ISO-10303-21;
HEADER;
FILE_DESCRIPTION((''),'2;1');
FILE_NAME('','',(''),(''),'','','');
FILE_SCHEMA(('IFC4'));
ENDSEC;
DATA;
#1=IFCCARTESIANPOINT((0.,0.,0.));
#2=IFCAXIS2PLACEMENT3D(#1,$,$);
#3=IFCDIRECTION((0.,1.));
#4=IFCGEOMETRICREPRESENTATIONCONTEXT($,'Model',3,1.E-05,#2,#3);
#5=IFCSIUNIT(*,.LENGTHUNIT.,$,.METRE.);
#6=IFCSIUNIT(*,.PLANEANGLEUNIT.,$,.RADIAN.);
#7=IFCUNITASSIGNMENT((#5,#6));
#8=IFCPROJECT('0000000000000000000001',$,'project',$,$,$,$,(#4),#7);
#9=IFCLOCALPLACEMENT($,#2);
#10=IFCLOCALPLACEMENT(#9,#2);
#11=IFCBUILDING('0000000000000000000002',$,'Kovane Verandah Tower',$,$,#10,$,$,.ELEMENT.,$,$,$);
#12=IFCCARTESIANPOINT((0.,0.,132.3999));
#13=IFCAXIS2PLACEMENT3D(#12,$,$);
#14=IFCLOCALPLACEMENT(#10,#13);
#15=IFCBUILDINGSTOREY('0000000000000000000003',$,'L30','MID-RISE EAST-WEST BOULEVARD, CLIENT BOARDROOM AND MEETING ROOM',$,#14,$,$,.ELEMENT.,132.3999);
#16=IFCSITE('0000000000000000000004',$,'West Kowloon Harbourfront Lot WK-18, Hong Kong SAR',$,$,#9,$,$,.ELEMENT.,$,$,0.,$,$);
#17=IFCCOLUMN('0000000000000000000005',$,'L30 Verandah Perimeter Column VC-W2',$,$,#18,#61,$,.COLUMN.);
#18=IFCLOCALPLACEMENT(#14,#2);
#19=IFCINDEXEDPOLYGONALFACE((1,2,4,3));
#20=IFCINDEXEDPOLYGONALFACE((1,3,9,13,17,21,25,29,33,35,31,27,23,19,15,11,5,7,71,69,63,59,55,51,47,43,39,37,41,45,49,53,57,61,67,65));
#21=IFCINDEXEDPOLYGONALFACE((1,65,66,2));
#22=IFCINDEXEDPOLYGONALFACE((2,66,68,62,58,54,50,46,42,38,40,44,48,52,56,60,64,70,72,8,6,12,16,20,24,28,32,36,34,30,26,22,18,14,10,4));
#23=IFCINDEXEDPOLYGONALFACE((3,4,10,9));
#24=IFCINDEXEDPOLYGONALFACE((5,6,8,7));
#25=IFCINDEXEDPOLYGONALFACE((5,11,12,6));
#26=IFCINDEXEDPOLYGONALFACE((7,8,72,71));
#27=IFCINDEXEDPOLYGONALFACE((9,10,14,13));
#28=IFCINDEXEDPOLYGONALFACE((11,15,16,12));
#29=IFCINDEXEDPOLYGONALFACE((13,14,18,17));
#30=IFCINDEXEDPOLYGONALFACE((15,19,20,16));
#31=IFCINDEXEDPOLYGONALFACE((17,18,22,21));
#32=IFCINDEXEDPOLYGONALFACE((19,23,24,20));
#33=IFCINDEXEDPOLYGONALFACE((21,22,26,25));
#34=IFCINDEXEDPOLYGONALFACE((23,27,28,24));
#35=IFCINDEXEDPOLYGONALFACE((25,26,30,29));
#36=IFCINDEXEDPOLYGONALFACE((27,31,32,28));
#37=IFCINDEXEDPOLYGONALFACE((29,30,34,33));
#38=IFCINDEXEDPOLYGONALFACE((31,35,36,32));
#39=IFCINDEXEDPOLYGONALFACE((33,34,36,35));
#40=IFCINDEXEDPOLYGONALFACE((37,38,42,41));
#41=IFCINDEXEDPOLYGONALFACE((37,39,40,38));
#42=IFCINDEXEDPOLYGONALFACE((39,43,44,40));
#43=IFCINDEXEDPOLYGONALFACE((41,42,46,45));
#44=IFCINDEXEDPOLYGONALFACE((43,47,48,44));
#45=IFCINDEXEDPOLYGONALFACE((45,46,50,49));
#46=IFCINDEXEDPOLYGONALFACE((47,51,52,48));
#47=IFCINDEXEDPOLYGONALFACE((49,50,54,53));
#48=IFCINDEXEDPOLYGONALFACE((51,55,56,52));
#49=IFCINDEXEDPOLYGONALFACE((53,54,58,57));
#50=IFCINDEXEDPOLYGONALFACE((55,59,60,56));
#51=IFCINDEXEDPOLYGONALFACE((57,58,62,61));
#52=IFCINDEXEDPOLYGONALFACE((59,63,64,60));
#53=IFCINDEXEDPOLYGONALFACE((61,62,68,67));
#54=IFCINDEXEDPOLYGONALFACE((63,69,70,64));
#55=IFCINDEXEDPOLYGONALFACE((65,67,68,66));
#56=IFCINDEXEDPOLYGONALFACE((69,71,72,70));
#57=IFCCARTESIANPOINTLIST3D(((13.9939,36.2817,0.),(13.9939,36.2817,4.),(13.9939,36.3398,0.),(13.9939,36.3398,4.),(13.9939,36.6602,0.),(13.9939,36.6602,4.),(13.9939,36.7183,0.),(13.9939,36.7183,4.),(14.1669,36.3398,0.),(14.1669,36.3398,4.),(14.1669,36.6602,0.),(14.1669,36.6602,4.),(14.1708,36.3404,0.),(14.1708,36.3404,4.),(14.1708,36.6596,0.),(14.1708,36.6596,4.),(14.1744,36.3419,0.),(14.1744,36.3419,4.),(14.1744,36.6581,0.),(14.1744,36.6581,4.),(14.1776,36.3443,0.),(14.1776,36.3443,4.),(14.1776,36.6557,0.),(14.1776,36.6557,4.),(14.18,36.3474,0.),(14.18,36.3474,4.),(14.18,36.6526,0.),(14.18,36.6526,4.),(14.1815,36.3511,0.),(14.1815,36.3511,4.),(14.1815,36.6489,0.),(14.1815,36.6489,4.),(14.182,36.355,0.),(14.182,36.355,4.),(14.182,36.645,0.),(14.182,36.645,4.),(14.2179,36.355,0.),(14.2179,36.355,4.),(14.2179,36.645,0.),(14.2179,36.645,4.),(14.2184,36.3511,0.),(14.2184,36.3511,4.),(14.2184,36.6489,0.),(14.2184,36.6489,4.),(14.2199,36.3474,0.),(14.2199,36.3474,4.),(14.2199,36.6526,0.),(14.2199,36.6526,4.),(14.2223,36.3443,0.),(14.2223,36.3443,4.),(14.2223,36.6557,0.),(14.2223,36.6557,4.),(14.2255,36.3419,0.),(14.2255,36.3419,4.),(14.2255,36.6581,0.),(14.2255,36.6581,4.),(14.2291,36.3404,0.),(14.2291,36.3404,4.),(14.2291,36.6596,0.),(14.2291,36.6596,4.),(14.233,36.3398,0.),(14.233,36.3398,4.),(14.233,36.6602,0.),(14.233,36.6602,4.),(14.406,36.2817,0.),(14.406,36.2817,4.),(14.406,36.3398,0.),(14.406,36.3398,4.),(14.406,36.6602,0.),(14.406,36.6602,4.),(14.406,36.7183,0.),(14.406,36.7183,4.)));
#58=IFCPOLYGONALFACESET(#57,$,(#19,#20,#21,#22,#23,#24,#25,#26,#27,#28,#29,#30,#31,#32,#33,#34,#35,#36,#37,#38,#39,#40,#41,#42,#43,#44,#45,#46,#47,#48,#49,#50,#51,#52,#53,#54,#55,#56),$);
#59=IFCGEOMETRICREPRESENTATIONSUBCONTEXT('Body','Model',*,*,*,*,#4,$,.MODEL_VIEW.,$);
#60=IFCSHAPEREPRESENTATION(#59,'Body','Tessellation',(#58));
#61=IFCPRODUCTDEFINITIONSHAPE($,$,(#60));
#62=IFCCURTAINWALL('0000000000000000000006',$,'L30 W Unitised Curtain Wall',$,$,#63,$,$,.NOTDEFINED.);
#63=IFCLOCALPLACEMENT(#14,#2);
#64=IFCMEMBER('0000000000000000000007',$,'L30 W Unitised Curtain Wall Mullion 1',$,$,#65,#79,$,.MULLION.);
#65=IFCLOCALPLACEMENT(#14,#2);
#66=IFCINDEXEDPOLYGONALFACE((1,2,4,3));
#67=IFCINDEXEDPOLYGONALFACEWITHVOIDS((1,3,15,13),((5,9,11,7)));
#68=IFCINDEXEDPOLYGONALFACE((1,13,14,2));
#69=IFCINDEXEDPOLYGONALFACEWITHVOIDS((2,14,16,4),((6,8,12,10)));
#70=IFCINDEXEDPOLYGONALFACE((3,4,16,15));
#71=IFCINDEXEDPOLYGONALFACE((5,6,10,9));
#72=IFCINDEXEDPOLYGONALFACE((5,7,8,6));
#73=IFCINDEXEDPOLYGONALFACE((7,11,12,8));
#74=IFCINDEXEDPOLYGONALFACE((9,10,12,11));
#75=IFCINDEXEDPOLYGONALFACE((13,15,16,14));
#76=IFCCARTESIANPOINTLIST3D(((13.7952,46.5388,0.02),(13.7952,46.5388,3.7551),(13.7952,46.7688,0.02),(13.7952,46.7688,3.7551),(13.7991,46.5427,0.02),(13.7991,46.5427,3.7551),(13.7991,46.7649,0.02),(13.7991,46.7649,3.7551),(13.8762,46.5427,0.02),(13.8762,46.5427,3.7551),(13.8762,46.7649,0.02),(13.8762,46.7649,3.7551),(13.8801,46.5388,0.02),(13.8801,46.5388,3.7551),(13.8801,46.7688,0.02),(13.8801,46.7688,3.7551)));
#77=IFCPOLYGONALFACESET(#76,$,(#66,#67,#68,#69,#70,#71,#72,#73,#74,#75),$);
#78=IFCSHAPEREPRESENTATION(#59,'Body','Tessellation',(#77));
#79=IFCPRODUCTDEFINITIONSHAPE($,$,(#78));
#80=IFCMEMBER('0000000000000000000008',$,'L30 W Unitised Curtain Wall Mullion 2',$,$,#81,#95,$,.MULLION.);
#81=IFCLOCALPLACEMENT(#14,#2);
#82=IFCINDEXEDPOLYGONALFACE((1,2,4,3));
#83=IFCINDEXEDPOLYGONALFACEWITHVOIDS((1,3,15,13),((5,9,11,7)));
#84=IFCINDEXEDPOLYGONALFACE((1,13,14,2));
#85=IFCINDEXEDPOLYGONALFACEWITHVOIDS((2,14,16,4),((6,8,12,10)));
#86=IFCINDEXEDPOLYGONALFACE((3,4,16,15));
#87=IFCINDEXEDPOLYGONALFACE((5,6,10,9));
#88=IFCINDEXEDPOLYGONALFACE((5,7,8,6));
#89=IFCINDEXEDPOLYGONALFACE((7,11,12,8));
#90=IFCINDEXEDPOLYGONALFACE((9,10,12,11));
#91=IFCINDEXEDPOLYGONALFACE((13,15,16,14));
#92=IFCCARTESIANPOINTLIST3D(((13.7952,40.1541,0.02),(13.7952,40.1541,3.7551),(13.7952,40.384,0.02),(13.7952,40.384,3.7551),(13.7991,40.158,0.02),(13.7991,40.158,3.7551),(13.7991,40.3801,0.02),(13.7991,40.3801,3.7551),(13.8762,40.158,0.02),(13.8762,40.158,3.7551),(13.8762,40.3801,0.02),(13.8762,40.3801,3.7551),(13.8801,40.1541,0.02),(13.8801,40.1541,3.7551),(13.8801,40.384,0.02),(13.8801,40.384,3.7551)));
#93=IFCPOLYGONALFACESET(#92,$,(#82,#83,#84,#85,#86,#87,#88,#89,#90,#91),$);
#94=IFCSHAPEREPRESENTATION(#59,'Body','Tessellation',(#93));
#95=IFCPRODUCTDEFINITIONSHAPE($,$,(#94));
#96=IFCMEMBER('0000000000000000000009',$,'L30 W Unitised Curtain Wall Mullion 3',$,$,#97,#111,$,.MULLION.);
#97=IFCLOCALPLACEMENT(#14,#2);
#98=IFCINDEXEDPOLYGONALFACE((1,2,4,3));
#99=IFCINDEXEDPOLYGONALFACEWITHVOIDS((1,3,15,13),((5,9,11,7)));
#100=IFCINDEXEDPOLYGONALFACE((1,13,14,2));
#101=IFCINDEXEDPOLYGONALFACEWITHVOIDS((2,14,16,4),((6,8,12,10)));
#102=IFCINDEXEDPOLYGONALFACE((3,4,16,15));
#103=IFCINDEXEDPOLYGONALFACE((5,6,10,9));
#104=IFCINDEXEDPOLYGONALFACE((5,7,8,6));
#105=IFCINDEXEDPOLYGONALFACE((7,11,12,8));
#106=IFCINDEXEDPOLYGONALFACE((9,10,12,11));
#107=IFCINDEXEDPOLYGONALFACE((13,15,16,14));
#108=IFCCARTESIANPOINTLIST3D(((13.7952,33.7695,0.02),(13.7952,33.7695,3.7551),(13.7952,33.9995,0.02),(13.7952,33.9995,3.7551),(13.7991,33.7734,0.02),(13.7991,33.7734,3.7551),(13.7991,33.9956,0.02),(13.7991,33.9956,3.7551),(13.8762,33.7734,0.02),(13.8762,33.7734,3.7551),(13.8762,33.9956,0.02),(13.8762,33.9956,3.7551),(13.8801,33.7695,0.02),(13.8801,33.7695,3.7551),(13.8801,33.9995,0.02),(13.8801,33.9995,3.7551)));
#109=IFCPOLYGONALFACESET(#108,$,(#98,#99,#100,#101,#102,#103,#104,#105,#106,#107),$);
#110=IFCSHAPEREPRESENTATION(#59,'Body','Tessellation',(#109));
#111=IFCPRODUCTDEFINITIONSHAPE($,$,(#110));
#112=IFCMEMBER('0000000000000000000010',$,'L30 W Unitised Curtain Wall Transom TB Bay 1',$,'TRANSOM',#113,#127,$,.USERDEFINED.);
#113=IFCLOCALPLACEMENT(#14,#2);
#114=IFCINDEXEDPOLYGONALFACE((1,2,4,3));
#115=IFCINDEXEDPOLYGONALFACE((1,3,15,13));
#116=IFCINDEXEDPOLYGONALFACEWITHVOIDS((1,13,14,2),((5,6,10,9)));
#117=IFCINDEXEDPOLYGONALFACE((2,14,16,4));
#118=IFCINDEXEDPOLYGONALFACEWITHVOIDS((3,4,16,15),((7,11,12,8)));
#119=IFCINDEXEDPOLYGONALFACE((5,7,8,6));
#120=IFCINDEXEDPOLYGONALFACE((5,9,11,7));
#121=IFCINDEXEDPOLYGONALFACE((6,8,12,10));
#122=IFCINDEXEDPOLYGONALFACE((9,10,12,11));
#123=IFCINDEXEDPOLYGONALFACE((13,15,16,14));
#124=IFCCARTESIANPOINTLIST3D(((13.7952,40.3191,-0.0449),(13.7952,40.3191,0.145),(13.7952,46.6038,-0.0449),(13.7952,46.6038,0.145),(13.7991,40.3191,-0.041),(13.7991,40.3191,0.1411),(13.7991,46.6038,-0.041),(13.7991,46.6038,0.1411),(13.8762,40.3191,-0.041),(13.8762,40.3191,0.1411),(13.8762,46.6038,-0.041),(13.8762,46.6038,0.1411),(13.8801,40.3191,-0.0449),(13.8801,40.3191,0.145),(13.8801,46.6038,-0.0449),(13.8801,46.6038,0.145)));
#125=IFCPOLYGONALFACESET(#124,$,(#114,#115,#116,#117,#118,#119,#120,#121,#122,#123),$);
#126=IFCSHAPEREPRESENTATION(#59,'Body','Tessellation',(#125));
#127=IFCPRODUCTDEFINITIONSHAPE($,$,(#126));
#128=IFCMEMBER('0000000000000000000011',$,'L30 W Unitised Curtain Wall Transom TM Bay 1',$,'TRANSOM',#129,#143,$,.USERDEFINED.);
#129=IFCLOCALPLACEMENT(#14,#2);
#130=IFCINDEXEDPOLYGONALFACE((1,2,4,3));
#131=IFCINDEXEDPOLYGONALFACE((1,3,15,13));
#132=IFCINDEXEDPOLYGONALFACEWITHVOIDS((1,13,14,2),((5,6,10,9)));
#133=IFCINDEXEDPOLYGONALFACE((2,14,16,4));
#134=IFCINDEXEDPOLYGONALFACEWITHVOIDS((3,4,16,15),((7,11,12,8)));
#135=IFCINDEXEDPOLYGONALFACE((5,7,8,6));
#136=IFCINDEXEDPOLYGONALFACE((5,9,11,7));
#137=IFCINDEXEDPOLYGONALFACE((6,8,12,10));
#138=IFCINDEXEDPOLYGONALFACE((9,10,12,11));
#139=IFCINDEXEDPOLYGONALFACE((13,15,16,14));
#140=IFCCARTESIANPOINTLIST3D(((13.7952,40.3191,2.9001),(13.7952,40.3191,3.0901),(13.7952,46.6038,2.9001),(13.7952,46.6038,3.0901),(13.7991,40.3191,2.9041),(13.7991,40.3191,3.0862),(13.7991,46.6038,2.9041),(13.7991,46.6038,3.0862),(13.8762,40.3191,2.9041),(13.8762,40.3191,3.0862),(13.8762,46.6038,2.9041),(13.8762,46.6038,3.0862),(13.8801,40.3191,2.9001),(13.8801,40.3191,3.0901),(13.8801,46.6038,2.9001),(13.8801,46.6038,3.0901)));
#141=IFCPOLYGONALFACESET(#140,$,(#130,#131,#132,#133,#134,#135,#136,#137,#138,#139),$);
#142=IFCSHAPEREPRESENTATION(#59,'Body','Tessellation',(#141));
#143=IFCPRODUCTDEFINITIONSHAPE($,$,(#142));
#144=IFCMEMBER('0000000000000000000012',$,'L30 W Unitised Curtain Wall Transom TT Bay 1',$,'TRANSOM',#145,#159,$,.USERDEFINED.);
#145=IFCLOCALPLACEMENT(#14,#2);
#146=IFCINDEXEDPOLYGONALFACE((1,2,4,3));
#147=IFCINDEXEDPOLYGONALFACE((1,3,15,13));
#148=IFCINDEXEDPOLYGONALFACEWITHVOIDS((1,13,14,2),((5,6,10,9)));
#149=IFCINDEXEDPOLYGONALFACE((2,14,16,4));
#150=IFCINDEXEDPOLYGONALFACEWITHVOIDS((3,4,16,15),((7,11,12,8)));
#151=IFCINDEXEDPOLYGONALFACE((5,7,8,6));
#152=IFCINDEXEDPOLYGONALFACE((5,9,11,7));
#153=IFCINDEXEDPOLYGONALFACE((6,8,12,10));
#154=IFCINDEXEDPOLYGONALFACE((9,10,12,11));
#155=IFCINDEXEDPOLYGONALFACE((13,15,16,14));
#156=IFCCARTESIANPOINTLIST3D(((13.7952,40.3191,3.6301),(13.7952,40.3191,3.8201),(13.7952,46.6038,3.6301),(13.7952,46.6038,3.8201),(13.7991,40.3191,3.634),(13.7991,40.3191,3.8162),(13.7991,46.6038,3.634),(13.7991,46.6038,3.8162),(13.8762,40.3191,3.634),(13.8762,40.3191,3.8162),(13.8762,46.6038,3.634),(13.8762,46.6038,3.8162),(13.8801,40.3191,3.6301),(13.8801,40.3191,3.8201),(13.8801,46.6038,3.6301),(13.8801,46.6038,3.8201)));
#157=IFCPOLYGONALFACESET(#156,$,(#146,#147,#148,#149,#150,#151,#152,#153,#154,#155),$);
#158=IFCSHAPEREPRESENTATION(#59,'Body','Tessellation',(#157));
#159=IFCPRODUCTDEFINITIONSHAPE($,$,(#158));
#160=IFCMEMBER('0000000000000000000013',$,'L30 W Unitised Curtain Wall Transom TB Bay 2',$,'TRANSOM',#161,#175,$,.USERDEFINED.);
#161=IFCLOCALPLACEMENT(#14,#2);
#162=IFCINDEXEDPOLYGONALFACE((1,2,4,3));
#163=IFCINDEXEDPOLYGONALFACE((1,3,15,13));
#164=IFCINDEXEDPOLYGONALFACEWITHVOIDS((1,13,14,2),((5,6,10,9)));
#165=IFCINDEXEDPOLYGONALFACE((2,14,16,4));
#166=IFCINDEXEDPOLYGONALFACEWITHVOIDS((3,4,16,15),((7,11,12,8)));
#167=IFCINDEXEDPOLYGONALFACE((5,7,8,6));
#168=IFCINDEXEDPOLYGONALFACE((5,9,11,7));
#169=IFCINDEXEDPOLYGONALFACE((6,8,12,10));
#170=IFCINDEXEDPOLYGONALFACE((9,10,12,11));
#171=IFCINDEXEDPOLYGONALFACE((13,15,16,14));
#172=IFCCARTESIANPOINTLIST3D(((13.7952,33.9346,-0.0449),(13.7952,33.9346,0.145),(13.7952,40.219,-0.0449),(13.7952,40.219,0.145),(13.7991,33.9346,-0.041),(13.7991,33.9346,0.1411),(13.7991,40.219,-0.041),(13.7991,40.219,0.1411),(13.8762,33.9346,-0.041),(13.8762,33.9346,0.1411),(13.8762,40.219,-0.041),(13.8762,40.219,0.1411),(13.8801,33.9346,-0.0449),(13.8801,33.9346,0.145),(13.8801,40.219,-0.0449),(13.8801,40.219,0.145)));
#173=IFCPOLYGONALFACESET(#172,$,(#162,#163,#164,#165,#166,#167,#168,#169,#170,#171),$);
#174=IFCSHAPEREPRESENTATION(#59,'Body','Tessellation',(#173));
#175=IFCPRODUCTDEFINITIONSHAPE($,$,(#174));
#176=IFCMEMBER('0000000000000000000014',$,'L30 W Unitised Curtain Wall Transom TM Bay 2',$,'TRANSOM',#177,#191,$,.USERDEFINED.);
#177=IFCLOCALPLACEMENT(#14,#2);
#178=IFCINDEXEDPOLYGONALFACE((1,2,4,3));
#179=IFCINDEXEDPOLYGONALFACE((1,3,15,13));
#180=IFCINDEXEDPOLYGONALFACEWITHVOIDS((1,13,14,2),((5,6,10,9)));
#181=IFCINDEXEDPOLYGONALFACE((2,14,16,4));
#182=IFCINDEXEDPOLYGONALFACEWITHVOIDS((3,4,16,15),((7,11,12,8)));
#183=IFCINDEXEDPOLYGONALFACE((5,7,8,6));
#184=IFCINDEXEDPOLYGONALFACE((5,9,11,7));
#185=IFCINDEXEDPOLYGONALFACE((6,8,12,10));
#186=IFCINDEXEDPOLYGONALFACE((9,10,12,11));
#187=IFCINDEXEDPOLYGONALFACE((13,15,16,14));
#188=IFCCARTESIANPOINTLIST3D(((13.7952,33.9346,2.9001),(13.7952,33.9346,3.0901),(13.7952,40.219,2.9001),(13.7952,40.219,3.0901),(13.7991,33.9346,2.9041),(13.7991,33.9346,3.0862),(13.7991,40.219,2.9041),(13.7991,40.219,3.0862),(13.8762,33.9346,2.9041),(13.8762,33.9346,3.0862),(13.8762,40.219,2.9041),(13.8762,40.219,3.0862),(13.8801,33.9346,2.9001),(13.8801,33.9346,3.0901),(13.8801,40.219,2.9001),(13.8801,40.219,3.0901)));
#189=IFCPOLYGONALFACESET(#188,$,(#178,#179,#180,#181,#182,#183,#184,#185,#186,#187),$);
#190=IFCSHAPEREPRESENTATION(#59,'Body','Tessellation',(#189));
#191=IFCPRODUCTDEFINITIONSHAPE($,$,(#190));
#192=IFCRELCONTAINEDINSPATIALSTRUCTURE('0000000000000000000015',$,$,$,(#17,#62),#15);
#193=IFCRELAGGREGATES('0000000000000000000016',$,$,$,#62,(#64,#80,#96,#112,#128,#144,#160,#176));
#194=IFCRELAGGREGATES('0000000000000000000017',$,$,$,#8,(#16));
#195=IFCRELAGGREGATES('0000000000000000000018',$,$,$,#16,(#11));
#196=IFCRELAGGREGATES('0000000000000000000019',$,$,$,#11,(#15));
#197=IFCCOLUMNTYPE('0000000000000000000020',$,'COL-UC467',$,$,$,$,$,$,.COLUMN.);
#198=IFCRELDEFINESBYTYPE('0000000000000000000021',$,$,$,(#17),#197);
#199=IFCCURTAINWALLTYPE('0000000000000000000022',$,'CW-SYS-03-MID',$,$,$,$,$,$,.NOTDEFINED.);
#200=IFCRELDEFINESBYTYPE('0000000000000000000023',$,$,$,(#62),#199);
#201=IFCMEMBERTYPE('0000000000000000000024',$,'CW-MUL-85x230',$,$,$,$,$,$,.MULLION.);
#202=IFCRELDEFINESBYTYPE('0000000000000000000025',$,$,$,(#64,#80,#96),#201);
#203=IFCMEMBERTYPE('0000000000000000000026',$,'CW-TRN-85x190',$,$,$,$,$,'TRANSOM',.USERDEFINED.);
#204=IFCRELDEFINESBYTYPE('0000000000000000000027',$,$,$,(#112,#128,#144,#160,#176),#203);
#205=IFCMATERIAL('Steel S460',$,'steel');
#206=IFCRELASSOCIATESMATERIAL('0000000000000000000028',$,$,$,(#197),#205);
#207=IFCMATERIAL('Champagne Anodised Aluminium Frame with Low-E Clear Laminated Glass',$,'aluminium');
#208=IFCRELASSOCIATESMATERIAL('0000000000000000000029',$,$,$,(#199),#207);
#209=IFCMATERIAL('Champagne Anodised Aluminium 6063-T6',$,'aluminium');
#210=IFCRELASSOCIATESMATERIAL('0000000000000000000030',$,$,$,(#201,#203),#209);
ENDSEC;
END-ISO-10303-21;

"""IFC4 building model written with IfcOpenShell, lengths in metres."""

from ifc_helpers import new_model, si_unit, direction, frame, origin, origin_2d, place, context, subcontext, project, spatial, hollow_rectangle, i_section, extrude, material, material_profile, profile_set, type_object, element, aggregate, save


model = new_model("IFC4")

# Units and contexts
model_context = context("Model", 3, precision=1e-05, world=origin(), true_north=direction((0.0, 1.0)))
body_context = subcontext(model_context, "Body", "Model", "MODEL_VIEW")
ifc_project = project(units=[si_unit("LENGTHUNIT", "METRE"), si_unit("PLANEANGLEUNIT", "RADIAN")], contexts=[model_context])

# Site, building, storey
site_placement = place(None, origin())
site = spatial("IfcSite", under=ifc_project, at=site_placement, Name="West Kowloon Harbourfront Lot WK-18, Hong Kong SAR", CompositionType="ELEMENT", RefElevation=0.0)
building_placement = place(site_placement, origin())
building = spatial("IfcBuilding", under=site, at=building_placement, Name="Kovane Verandah Tower", CompositionType="ELEMENT")
storey_placement = place(building_placement, frame((0.0, 0.0, 132.3999)))
storey = spatial("IfcBuildingStorey", under=building, at=storey_placement, Name="L30", Description="MID-RISE EAST-WEST BOULEVARD, CLIENT BOARDROOM AND MEETING ROOM", CompositionType="ELEMENT", Elevation=132.3999)

# Column
ifc_material_1 = material(Name="Steel S460", Category="steel")
ifc_material_profile_1 = material_profile(ifc_material_1, i_section(OverallWidth=0.4121, OverallDepth=0.4365, WebThickness=0.0359, FlangeThickness=0.0581, FilletRadius=0.0151, at=origin_2d()), Name="UC356x406x467")
ifc_profile_set_1 = profile_set([ifc_material_profile_1], Name="Steel S460")
column_type = type_object("IfcColumnType", Name="COL-UC467", PredefinedType="COLUMN", material=ifc_profile_set_1)
column_placement = place(storey_placement, frame((14.2, 36.5, 0.0), z_axis=(0.0, 0.0, 1.0), x_axis=(1.0, 0.0, 0.0)))
element("IfcColumn", 1, at=column_placement, inside=storey, type_object=column_type, Name="L30 Verandah Perimeter Column VC-W2", PredefinedType="COLUMN", context=body_context, shape_type="SweptSolid", body=[
    extrude(i_section(OverallWidth=0.4121, OverallDepth=0.4365, WebThickness=0.0359, FlangeThickness=0.0581, FilletRadius=0.0151, at=origin_2d()), origin(), (0.0, 0.0, 1.0), 4.0),
])

# Curtain wall, members
ifc_material_2 = material(Name="Champagne Anodised Aluminium Frame with Low-E Clear Laminated Glass", Category="aluminium")
curtain_wall_type = type_object("IfcCurtainWallType", Name="CW-SYS-03-MID", PredefinedType="NOTDEFINED", material=ifc_material_2)
curtain_wall_placement = place(storey_placement, origin())
curtain_wall = element("IfcCurtainWall", 2, at=curtain_wall_placement, inside=storey, type_object=curtain_wall_type, Name="L30 W Unitised Curtain Wall", PredefinedType="NOTDEFINED")
ifc_material_3 = material(Name="Champagne Anodised Aluminium 6063-T6", Category="aluminium")
ifc_material_profile_2 = material_profile(ifc_material_3, hollow_rectangle(XDim=0.085, YDim=0.23, WallThickness=0.0039, at=origin_2d()), Name="AL85x230x4")
ifc_profile_set_2 = profile_set([ifc_material_profile_2], Name="Champagne Anodised Aluminium 6063-T6")
member_type_1 = type_object("IfcMemberType", Name="CW-MUL-85x230", PredefinedType="MULLION", material=ifc_profile_set_2)
member_1_placement = place(storey_placement, frame((13.8376, 46.6538, 0.02), z_axis=(0.0, 0.0, 1.0), x_axis=(-1.0, 0.0, 0.0)))
member_1 = element("IfcMember", 3, at=member_1_placement, type_object=member_type_1, Name="L30 W Unitised Curtain Wall Mullion 1", PredefinedType="MULLION", context=body_context, shape_type="SweptSolid", body=[
    extrude(hollow_rectangle(XDim=0.085, YDim=0.23, WallThickness=0.0039, at=origin_2d()), origin(), (0.0, 0.0, 1.0), 3.7351),
])
member_2_placement = place(storey_placement, frame((13.8376, 40.269, 0.02), z_axis=(0.0, 0.0, 1.0), x_axis=(-1.0, 0.0, 0.0)))
member_2 = element("IfcMember", 4, at=member_2_placement, type_object=member_type_1, Name="L30 W Unitised Curtain Wall Mullion 2", PredefinedType="MULLION", context=body_context, shape_type="SweptSolid", body=[
    extrude(hollow_rectangle(XDim=0.085, YDim=0.23, WallThickness=0.0039, at=origin_2d()), origin(), (0.0, 0.0, 1.0), 3.7351),
])
member_3_placement = place(storey_placement, frame((13.8376, 33.8845, 0.02), z_axis=(0.0, 0.0, 1.0), x_axis=(-1.0, 0.0, 0.0)))
member_3 = element("IfcMember", 5, at=member_3_placement, type_object=member_type_1, Name="L30 W Unitised Curtain Wall Mullion 3", PredefinedType="MULLION", context=body_context, shape_type="SweptSolid", body=[
    extrude(hollow_rectangle(XDim=0.085, YDim=0.23, WallThickness=0.0039, at=origin_2d()), origin(), (0.0, 0.0, 1.0), 3.7351),
])
ifc_material_profile_3 = material_profile(ifc_material_3, hollow_rectangle(XDim=0.085, YDim=0.1899, WallThickness=0.0039, at=origin_2d()), Name="AL85x190x4")
ifc_profile_set_3 = profile_set([ifc_material_profile_3], Name="Champagne Anodised Aluminium 6063-T6")
member_type_2 = type_object("IfcMemberType", Name="CW-TRN-85x190", ElementType="TRANSOM", PredefinedType="USERDEFINED", material=ifc_profile_set_3)
member_4_placement = place(storey_placement, frame((13.8376, 46.6038, 0.05), z_axis=(0.0, -1.0, 0.0), x_axis=(1.0, 0.0, 0.0)))
member_4 = element("IfcMember", 6, at=member_4_placement, type_object=member_type_2, Name="L30 W Unitised Curtain Wall Transom TB Bay 1", ObjectType="TRANSOM", PredefinedType="USERDEFINED", context=body_context, shape_type="SweptSolid", body=[
    extrude(hollow_rectangle(XDim=0.085, YDim=0.1899, WallThickness=0.0039, at=origin_2d()), origin(), (0.0, 0.0, 1.0), 6.2847),
])
member_5_placement = place(storey_placement, frame((13.8376, 46.6038, 2.9951), z_axis=(0.0, -1.0, 0.0), x_axis=(1.0, 0.0, 0.0)))
member_5 = element("IfcMember", 7, at=member_5_placement, type_object=member_type_2, Name="L30 W Unitised Curtain Wall Transom TM Bay 1", ObjectType="TRANSOM", PredefinedType="USERDEFINED", context=body_context, shape_type="SweptSolid", body=[
    extrude(hollow_rectangle(XDim=0.085, YDim=0.1899, WallThickness=0.0039, at=origin_2d()), origin(), (0.0, 0.0, 1.0), 6.2847),
])
member_6_placement = place(storey_placement, frame((13.8376, 46.6038, 3.7251), z_axis=(0.0, -1.0, 0.0), x_axis=(1.0, 0.0, 0.0)))
member_6 = element("IfcMember", 8, at=member_6_placement, type_object=member_type_2, Name="L30 W Unitised Curtain Wall Transom TT Bay 1", ObjectType="TRANSOM", PredefinedType="USERDEFINED", context=body_context, shape_type="SweptSolid", body=[
    extrude(hollow_rectangle(XDim=0.085, YDim=0.1899, WallThickness=0.0039, at=origin_2d()), origin(), (0.0, 0.0, 1.0), 6.2847),
])
member_7_placement = place(storey_placement, frame((13.8376, 40.219, 0.05), z_axis=(0.0, -1.0, 0.0), x_axis=(1.0, 0.0, 0.0)))
member_7 = element("IfcMember", 9, at=member_7_placement, type_object=member_type_2, Name="L30 W Unitised Curtain Wall Transom TB Bay 2", ObjectType="TRANSOM", PredefinedType="USERDEFINED", context=body_context, shape_type="SweptSolid", body=[
    extrude(hollow_rectangle(XDim=0.085, YDim=0.1899, WallThickness=0.0039, at=origin_2d()), origin(), (0.0, 0.0, 1.0), 6.2844),
])
member_8_placement = place(storey_placement, frame((13.8376, 40.219, 2.9951), z_axis=(0.0, -1.0, 0.0), x_axis=(1.0, 0.0, 0.0)))
member_8 = element("IfcMember", 10, at=member_8_placement, type_object=member_type_2, Name="L30 W Unitised Curtain Wall Transom TM Bay 2", ObjectType="TRANSOM", PredefinedType="USERDEFINED", context=body_context, shape_type="SweptSolid", body=[
    extrude(hollow_rectangle(XDim=0.085, YDim=0.1899, WallThickness=0.0039, at=origin_2d()), origin(), (0.0, 0.0, 1.0), 6.2844),
])

aggregate(curtain_wall, [member_1, member_2, member_3, member_4, member_5, member_6, member_7, member_8])

save(model, "model.ifc")
